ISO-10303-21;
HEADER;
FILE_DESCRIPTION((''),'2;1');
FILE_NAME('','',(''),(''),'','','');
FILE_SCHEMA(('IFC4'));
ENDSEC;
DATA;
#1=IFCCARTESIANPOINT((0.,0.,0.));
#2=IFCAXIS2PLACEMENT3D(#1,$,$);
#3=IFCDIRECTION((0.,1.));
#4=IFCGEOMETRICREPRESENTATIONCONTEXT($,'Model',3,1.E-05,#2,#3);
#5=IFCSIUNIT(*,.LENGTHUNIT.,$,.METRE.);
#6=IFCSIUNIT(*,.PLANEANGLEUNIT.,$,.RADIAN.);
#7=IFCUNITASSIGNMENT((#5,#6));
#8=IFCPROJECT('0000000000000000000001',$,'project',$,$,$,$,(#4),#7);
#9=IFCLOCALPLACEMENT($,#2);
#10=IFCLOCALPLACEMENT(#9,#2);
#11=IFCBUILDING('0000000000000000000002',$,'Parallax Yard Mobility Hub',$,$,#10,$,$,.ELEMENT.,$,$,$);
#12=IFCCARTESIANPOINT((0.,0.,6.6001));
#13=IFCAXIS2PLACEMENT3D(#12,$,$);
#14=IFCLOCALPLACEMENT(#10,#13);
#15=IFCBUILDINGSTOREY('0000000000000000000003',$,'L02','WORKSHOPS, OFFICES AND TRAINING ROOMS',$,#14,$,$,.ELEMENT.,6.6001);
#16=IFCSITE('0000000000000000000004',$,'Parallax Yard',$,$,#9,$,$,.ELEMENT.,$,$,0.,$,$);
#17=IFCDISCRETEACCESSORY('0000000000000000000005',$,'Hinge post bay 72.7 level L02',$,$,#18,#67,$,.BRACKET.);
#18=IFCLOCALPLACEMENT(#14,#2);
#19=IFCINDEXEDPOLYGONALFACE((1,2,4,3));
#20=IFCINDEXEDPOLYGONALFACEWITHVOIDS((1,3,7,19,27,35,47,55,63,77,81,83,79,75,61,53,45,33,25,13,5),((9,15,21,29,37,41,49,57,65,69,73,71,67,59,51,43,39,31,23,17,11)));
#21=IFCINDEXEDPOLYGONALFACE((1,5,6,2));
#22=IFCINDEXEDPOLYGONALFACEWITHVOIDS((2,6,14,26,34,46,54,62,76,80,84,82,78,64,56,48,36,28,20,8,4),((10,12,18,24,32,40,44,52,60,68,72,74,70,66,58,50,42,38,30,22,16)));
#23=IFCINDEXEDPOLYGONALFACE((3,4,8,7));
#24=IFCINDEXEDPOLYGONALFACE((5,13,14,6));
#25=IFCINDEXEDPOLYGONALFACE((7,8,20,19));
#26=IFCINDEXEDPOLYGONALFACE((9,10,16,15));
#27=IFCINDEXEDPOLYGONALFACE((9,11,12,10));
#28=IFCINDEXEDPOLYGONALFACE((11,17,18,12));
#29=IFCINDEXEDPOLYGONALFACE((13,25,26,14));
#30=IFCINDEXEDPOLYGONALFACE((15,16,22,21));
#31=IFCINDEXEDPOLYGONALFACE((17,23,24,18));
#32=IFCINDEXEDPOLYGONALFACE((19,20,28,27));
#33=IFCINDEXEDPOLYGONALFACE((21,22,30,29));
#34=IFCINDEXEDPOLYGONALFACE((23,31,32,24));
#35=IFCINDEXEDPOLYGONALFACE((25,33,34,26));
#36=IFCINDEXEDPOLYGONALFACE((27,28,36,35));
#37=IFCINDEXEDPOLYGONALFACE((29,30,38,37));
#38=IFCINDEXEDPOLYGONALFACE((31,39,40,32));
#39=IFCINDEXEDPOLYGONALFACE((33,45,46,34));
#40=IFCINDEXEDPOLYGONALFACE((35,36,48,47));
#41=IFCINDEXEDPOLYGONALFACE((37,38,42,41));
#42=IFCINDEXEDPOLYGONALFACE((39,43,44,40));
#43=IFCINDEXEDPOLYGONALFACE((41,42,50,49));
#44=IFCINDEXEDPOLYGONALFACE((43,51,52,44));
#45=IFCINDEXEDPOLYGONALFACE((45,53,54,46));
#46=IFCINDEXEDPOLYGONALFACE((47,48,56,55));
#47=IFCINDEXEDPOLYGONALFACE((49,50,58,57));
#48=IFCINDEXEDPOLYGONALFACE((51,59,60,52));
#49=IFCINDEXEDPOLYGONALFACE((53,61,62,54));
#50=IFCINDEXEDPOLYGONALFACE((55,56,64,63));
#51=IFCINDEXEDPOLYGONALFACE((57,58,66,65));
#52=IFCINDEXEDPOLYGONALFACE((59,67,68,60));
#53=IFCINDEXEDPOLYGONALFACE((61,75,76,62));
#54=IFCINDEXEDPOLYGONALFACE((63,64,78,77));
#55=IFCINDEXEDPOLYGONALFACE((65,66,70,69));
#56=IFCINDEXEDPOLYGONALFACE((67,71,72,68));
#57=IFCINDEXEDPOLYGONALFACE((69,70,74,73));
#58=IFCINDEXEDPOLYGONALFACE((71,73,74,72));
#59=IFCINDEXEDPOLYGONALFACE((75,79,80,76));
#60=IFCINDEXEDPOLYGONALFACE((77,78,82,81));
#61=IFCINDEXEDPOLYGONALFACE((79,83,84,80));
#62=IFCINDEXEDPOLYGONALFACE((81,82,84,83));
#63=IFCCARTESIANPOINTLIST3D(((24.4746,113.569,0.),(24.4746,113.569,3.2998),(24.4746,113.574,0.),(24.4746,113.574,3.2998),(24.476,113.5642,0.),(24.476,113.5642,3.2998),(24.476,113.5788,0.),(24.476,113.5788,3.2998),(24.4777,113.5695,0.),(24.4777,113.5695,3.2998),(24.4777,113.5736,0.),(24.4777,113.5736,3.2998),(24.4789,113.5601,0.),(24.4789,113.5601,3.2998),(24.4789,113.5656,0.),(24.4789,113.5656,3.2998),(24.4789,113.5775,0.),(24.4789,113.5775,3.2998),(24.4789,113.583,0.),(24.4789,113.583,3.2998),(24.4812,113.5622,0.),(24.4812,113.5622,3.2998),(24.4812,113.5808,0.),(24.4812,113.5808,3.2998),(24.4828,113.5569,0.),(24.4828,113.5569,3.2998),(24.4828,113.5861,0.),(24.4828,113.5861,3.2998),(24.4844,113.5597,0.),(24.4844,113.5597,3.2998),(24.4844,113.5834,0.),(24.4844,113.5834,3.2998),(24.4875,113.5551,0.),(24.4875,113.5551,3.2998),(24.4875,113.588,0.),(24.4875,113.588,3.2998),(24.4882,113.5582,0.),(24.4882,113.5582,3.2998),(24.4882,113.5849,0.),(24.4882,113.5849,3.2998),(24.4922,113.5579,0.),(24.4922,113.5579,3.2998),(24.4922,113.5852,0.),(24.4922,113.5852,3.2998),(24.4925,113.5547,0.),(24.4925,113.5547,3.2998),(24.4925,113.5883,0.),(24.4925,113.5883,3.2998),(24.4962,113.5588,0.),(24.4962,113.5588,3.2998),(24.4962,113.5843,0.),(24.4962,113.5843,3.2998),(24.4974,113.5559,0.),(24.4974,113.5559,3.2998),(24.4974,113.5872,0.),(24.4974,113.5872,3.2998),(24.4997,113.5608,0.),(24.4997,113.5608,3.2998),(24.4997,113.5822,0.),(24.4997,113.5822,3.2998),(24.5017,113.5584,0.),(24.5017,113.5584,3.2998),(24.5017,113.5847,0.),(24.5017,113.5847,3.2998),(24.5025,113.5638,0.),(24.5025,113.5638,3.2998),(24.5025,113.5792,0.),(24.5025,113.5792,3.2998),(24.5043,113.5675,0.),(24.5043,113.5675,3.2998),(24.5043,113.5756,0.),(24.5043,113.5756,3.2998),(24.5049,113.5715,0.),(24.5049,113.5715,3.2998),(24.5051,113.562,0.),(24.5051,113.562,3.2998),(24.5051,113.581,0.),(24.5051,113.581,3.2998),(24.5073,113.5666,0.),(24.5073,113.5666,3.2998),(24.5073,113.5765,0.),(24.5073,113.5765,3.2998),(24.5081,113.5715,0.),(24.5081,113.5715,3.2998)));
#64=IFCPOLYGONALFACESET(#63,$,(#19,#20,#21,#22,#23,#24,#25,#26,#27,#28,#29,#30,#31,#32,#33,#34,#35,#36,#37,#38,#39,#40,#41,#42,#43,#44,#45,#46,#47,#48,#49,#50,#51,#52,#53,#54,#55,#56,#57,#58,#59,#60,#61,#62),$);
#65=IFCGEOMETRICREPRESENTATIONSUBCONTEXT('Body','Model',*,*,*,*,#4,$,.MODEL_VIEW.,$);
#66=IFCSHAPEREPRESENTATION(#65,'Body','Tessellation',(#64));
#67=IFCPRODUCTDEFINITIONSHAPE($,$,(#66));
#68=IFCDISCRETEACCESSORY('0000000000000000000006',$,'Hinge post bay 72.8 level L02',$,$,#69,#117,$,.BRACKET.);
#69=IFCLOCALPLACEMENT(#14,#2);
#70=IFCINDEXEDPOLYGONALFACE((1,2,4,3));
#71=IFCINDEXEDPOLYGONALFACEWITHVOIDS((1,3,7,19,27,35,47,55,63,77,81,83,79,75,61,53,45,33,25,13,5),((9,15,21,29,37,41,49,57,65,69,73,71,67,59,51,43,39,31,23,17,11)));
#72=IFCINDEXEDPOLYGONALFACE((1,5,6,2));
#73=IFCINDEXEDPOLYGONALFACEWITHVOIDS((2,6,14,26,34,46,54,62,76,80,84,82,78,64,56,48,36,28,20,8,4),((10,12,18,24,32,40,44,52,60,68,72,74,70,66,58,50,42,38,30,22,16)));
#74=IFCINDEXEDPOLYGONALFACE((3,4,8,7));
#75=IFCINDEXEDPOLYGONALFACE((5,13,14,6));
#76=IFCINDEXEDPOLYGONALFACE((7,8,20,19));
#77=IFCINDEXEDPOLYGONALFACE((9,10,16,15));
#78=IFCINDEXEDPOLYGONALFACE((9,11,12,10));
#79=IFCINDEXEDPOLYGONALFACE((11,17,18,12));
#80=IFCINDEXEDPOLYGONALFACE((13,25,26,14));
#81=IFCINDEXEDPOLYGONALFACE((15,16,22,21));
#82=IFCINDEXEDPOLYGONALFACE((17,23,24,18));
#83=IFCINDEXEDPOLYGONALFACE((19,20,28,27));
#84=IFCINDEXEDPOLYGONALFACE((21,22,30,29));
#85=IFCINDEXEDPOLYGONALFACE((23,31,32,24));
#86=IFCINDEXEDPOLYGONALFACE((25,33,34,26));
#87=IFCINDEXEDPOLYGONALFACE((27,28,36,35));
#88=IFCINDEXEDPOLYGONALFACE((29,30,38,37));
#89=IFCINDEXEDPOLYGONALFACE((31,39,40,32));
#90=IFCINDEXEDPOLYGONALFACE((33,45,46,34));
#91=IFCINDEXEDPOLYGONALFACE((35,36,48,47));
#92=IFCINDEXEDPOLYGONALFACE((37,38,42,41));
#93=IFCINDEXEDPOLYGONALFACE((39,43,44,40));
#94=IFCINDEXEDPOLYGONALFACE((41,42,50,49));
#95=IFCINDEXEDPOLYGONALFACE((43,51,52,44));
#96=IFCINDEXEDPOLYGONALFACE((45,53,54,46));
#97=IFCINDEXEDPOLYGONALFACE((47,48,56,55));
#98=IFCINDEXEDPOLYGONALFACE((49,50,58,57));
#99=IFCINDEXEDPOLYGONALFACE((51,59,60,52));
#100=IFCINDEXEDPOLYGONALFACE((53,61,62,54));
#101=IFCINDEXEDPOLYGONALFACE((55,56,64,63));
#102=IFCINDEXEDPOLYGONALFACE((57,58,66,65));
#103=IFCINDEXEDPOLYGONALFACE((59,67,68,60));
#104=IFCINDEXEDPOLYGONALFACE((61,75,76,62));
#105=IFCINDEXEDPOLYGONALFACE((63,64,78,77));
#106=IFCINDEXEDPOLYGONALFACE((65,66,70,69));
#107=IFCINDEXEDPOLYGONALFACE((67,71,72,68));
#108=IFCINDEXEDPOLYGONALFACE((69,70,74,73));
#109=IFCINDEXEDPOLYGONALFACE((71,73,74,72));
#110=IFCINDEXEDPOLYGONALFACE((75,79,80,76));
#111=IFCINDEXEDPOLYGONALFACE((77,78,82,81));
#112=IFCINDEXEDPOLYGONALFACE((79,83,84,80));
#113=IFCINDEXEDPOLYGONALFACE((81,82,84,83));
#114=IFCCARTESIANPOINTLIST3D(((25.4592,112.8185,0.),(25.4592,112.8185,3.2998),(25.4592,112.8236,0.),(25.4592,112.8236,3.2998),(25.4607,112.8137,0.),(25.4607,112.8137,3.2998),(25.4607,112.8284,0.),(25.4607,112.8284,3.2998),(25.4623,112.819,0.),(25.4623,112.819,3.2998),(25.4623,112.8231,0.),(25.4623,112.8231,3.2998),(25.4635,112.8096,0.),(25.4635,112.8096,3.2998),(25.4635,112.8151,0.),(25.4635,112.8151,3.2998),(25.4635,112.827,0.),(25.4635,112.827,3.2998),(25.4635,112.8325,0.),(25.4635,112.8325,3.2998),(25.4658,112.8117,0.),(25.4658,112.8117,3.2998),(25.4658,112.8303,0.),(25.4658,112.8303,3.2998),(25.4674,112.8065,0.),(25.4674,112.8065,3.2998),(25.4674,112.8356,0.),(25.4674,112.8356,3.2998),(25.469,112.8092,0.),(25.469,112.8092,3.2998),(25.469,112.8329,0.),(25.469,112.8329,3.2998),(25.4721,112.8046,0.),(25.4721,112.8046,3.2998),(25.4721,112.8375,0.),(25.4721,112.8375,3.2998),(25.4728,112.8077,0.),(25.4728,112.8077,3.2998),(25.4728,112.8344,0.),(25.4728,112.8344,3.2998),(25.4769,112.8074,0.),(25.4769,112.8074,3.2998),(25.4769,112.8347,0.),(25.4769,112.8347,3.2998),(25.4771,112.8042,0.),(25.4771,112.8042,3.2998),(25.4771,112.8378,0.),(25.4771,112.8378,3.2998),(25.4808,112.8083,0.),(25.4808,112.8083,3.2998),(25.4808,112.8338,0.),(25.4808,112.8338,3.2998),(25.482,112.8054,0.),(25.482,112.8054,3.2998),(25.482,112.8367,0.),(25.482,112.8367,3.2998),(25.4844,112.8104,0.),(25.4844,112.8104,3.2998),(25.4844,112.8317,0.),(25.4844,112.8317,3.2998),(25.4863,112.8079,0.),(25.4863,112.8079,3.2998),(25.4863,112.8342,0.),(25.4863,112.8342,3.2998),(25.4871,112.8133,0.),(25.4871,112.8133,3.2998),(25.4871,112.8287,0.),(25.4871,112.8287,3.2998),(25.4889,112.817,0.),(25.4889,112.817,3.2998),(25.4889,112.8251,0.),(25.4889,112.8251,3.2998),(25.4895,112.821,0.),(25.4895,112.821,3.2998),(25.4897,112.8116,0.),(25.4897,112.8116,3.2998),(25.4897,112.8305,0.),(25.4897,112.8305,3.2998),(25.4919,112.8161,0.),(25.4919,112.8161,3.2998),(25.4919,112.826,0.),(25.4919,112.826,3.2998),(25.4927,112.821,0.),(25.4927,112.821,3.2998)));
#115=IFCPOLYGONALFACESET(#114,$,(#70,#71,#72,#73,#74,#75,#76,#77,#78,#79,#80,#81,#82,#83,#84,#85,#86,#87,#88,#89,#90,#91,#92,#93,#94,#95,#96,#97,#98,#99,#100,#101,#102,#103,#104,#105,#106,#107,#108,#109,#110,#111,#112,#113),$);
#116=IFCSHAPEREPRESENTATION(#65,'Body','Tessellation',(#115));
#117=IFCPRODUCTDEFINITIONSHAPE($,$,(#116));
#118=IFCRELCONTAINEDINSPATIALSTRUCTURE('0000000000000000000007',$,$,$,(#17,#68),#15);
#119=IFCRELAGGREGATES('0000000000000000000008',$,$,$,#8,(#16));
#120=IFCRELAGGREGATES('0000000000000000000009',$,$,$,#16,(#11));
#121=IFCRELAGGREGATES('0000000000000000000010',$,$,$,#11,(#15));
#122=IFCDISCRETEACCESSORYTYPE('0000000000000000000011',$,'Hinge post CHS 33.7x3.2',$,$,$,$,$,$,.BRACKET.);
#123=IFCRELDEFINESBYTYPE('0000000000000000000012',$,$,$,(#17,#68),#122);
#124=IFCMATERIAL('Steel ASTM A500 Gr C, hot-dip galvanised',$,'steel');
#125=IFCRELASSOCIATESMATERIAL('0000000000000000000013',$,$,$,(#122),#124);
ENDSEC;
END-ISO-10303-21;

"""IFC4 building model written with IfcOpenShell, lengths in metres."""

from ifc_helpers import new_model, si_unit, direction, frame, origin, origin_2d, place, context, subcontext, project, spatial, hollow_circle, extrude, material, material_profile, profile_set, type_object, element, save


model = new_model("IFC4")

# Units and contexts
model_context = context("Model", 3, precision=1e-05, world=origin(), true_north=direction((0.0, 1.0)))
body_context = subcontext(model_context, "Body", "Model", "MODEL_VIEW")
ifc_project = project(units=[si_unit("LENGTHUNIT", "METRE"), si_unit("PLANEANGLEUNIT", "RADIAN")], contexts=[model_context])

# Site, building, storey
site_placement = place(None, origin())
site = spatial("IfcSite", under=ifc_project, at=site_placement, Name="Parallax Yard", CompositionType="ELEMENT", RefElevation=0.0)
building_placement = place(site_placement, origin())
building = spatial("IfcBuilding", under=site, at=building_placement, Name="Parallax Yard Mobility Hub", CompositionType="ELEMENT")
storey_placement = place(building_placement, frame((0.0, 0.0, 6.6001)))
storey = spatial("IfcBuildingStorey", under=building, at=storey_placement, Name="L02", Description="WORKSHOPS, OFFICES AND TRAINING ROOMS", CompositionType="ELEMENT", Elevation=6.6001)

# Discrete accessories
ifc_material_1 = material(Name="Steel ASTM A500 Gr C, hot-dip galvanised", Category="steel")
ifc_material_profile_1 = material_profile(ifc_material_1, hollow_circle(Radius=0.0168, WallThickness=0.0032, at=origin_2d()), Name="CHS 33.7x3.2")
ifc_profile_set_1 = profile_set([ifc_material_profile_1], Name="Steel ASTM A500 Gr C, hot-dip galvanised")
discrete_accessory_type_1 = type_object("IfcDiscreteAccessoryType", Name="Hinge post CHS 33.7x3.2", PredefinedType="BRACKET", material=ifc_profile_set_1)
for number, where, z_axis, x_axis, name in (
    (1, (24.4912, 113.5715, 0.0), (0.0, 0.0, 1.0), (1.0, 0.0, 0.0), "Hinge post bay 72.7 level L02"),
    (2, (25.4758, 112.821, 0.0), (0.0, 0.0, 1.0), (1.0, 0.0, 0.0), "Hinge post bay 72.8 level L02"),
):
    element("IfcDiscreteAccessory", number, at=place(storey_placement, frame(where, z_axis=z_axis, x_axis=x_axis)), inside=storey, type_object=discrete_accessory_type_1, Name=name, PredefinedType="BRACKET", context=body_context, shape_type="SweptSolid", body=[
        extrude(hollow_circle(Radius=0.0168, WallThickness=0.0032, at=origin_2d()), origin(), (0.0, 0.0, 1.0), 3.2998),
    ])

save(model, "model.ifc")
